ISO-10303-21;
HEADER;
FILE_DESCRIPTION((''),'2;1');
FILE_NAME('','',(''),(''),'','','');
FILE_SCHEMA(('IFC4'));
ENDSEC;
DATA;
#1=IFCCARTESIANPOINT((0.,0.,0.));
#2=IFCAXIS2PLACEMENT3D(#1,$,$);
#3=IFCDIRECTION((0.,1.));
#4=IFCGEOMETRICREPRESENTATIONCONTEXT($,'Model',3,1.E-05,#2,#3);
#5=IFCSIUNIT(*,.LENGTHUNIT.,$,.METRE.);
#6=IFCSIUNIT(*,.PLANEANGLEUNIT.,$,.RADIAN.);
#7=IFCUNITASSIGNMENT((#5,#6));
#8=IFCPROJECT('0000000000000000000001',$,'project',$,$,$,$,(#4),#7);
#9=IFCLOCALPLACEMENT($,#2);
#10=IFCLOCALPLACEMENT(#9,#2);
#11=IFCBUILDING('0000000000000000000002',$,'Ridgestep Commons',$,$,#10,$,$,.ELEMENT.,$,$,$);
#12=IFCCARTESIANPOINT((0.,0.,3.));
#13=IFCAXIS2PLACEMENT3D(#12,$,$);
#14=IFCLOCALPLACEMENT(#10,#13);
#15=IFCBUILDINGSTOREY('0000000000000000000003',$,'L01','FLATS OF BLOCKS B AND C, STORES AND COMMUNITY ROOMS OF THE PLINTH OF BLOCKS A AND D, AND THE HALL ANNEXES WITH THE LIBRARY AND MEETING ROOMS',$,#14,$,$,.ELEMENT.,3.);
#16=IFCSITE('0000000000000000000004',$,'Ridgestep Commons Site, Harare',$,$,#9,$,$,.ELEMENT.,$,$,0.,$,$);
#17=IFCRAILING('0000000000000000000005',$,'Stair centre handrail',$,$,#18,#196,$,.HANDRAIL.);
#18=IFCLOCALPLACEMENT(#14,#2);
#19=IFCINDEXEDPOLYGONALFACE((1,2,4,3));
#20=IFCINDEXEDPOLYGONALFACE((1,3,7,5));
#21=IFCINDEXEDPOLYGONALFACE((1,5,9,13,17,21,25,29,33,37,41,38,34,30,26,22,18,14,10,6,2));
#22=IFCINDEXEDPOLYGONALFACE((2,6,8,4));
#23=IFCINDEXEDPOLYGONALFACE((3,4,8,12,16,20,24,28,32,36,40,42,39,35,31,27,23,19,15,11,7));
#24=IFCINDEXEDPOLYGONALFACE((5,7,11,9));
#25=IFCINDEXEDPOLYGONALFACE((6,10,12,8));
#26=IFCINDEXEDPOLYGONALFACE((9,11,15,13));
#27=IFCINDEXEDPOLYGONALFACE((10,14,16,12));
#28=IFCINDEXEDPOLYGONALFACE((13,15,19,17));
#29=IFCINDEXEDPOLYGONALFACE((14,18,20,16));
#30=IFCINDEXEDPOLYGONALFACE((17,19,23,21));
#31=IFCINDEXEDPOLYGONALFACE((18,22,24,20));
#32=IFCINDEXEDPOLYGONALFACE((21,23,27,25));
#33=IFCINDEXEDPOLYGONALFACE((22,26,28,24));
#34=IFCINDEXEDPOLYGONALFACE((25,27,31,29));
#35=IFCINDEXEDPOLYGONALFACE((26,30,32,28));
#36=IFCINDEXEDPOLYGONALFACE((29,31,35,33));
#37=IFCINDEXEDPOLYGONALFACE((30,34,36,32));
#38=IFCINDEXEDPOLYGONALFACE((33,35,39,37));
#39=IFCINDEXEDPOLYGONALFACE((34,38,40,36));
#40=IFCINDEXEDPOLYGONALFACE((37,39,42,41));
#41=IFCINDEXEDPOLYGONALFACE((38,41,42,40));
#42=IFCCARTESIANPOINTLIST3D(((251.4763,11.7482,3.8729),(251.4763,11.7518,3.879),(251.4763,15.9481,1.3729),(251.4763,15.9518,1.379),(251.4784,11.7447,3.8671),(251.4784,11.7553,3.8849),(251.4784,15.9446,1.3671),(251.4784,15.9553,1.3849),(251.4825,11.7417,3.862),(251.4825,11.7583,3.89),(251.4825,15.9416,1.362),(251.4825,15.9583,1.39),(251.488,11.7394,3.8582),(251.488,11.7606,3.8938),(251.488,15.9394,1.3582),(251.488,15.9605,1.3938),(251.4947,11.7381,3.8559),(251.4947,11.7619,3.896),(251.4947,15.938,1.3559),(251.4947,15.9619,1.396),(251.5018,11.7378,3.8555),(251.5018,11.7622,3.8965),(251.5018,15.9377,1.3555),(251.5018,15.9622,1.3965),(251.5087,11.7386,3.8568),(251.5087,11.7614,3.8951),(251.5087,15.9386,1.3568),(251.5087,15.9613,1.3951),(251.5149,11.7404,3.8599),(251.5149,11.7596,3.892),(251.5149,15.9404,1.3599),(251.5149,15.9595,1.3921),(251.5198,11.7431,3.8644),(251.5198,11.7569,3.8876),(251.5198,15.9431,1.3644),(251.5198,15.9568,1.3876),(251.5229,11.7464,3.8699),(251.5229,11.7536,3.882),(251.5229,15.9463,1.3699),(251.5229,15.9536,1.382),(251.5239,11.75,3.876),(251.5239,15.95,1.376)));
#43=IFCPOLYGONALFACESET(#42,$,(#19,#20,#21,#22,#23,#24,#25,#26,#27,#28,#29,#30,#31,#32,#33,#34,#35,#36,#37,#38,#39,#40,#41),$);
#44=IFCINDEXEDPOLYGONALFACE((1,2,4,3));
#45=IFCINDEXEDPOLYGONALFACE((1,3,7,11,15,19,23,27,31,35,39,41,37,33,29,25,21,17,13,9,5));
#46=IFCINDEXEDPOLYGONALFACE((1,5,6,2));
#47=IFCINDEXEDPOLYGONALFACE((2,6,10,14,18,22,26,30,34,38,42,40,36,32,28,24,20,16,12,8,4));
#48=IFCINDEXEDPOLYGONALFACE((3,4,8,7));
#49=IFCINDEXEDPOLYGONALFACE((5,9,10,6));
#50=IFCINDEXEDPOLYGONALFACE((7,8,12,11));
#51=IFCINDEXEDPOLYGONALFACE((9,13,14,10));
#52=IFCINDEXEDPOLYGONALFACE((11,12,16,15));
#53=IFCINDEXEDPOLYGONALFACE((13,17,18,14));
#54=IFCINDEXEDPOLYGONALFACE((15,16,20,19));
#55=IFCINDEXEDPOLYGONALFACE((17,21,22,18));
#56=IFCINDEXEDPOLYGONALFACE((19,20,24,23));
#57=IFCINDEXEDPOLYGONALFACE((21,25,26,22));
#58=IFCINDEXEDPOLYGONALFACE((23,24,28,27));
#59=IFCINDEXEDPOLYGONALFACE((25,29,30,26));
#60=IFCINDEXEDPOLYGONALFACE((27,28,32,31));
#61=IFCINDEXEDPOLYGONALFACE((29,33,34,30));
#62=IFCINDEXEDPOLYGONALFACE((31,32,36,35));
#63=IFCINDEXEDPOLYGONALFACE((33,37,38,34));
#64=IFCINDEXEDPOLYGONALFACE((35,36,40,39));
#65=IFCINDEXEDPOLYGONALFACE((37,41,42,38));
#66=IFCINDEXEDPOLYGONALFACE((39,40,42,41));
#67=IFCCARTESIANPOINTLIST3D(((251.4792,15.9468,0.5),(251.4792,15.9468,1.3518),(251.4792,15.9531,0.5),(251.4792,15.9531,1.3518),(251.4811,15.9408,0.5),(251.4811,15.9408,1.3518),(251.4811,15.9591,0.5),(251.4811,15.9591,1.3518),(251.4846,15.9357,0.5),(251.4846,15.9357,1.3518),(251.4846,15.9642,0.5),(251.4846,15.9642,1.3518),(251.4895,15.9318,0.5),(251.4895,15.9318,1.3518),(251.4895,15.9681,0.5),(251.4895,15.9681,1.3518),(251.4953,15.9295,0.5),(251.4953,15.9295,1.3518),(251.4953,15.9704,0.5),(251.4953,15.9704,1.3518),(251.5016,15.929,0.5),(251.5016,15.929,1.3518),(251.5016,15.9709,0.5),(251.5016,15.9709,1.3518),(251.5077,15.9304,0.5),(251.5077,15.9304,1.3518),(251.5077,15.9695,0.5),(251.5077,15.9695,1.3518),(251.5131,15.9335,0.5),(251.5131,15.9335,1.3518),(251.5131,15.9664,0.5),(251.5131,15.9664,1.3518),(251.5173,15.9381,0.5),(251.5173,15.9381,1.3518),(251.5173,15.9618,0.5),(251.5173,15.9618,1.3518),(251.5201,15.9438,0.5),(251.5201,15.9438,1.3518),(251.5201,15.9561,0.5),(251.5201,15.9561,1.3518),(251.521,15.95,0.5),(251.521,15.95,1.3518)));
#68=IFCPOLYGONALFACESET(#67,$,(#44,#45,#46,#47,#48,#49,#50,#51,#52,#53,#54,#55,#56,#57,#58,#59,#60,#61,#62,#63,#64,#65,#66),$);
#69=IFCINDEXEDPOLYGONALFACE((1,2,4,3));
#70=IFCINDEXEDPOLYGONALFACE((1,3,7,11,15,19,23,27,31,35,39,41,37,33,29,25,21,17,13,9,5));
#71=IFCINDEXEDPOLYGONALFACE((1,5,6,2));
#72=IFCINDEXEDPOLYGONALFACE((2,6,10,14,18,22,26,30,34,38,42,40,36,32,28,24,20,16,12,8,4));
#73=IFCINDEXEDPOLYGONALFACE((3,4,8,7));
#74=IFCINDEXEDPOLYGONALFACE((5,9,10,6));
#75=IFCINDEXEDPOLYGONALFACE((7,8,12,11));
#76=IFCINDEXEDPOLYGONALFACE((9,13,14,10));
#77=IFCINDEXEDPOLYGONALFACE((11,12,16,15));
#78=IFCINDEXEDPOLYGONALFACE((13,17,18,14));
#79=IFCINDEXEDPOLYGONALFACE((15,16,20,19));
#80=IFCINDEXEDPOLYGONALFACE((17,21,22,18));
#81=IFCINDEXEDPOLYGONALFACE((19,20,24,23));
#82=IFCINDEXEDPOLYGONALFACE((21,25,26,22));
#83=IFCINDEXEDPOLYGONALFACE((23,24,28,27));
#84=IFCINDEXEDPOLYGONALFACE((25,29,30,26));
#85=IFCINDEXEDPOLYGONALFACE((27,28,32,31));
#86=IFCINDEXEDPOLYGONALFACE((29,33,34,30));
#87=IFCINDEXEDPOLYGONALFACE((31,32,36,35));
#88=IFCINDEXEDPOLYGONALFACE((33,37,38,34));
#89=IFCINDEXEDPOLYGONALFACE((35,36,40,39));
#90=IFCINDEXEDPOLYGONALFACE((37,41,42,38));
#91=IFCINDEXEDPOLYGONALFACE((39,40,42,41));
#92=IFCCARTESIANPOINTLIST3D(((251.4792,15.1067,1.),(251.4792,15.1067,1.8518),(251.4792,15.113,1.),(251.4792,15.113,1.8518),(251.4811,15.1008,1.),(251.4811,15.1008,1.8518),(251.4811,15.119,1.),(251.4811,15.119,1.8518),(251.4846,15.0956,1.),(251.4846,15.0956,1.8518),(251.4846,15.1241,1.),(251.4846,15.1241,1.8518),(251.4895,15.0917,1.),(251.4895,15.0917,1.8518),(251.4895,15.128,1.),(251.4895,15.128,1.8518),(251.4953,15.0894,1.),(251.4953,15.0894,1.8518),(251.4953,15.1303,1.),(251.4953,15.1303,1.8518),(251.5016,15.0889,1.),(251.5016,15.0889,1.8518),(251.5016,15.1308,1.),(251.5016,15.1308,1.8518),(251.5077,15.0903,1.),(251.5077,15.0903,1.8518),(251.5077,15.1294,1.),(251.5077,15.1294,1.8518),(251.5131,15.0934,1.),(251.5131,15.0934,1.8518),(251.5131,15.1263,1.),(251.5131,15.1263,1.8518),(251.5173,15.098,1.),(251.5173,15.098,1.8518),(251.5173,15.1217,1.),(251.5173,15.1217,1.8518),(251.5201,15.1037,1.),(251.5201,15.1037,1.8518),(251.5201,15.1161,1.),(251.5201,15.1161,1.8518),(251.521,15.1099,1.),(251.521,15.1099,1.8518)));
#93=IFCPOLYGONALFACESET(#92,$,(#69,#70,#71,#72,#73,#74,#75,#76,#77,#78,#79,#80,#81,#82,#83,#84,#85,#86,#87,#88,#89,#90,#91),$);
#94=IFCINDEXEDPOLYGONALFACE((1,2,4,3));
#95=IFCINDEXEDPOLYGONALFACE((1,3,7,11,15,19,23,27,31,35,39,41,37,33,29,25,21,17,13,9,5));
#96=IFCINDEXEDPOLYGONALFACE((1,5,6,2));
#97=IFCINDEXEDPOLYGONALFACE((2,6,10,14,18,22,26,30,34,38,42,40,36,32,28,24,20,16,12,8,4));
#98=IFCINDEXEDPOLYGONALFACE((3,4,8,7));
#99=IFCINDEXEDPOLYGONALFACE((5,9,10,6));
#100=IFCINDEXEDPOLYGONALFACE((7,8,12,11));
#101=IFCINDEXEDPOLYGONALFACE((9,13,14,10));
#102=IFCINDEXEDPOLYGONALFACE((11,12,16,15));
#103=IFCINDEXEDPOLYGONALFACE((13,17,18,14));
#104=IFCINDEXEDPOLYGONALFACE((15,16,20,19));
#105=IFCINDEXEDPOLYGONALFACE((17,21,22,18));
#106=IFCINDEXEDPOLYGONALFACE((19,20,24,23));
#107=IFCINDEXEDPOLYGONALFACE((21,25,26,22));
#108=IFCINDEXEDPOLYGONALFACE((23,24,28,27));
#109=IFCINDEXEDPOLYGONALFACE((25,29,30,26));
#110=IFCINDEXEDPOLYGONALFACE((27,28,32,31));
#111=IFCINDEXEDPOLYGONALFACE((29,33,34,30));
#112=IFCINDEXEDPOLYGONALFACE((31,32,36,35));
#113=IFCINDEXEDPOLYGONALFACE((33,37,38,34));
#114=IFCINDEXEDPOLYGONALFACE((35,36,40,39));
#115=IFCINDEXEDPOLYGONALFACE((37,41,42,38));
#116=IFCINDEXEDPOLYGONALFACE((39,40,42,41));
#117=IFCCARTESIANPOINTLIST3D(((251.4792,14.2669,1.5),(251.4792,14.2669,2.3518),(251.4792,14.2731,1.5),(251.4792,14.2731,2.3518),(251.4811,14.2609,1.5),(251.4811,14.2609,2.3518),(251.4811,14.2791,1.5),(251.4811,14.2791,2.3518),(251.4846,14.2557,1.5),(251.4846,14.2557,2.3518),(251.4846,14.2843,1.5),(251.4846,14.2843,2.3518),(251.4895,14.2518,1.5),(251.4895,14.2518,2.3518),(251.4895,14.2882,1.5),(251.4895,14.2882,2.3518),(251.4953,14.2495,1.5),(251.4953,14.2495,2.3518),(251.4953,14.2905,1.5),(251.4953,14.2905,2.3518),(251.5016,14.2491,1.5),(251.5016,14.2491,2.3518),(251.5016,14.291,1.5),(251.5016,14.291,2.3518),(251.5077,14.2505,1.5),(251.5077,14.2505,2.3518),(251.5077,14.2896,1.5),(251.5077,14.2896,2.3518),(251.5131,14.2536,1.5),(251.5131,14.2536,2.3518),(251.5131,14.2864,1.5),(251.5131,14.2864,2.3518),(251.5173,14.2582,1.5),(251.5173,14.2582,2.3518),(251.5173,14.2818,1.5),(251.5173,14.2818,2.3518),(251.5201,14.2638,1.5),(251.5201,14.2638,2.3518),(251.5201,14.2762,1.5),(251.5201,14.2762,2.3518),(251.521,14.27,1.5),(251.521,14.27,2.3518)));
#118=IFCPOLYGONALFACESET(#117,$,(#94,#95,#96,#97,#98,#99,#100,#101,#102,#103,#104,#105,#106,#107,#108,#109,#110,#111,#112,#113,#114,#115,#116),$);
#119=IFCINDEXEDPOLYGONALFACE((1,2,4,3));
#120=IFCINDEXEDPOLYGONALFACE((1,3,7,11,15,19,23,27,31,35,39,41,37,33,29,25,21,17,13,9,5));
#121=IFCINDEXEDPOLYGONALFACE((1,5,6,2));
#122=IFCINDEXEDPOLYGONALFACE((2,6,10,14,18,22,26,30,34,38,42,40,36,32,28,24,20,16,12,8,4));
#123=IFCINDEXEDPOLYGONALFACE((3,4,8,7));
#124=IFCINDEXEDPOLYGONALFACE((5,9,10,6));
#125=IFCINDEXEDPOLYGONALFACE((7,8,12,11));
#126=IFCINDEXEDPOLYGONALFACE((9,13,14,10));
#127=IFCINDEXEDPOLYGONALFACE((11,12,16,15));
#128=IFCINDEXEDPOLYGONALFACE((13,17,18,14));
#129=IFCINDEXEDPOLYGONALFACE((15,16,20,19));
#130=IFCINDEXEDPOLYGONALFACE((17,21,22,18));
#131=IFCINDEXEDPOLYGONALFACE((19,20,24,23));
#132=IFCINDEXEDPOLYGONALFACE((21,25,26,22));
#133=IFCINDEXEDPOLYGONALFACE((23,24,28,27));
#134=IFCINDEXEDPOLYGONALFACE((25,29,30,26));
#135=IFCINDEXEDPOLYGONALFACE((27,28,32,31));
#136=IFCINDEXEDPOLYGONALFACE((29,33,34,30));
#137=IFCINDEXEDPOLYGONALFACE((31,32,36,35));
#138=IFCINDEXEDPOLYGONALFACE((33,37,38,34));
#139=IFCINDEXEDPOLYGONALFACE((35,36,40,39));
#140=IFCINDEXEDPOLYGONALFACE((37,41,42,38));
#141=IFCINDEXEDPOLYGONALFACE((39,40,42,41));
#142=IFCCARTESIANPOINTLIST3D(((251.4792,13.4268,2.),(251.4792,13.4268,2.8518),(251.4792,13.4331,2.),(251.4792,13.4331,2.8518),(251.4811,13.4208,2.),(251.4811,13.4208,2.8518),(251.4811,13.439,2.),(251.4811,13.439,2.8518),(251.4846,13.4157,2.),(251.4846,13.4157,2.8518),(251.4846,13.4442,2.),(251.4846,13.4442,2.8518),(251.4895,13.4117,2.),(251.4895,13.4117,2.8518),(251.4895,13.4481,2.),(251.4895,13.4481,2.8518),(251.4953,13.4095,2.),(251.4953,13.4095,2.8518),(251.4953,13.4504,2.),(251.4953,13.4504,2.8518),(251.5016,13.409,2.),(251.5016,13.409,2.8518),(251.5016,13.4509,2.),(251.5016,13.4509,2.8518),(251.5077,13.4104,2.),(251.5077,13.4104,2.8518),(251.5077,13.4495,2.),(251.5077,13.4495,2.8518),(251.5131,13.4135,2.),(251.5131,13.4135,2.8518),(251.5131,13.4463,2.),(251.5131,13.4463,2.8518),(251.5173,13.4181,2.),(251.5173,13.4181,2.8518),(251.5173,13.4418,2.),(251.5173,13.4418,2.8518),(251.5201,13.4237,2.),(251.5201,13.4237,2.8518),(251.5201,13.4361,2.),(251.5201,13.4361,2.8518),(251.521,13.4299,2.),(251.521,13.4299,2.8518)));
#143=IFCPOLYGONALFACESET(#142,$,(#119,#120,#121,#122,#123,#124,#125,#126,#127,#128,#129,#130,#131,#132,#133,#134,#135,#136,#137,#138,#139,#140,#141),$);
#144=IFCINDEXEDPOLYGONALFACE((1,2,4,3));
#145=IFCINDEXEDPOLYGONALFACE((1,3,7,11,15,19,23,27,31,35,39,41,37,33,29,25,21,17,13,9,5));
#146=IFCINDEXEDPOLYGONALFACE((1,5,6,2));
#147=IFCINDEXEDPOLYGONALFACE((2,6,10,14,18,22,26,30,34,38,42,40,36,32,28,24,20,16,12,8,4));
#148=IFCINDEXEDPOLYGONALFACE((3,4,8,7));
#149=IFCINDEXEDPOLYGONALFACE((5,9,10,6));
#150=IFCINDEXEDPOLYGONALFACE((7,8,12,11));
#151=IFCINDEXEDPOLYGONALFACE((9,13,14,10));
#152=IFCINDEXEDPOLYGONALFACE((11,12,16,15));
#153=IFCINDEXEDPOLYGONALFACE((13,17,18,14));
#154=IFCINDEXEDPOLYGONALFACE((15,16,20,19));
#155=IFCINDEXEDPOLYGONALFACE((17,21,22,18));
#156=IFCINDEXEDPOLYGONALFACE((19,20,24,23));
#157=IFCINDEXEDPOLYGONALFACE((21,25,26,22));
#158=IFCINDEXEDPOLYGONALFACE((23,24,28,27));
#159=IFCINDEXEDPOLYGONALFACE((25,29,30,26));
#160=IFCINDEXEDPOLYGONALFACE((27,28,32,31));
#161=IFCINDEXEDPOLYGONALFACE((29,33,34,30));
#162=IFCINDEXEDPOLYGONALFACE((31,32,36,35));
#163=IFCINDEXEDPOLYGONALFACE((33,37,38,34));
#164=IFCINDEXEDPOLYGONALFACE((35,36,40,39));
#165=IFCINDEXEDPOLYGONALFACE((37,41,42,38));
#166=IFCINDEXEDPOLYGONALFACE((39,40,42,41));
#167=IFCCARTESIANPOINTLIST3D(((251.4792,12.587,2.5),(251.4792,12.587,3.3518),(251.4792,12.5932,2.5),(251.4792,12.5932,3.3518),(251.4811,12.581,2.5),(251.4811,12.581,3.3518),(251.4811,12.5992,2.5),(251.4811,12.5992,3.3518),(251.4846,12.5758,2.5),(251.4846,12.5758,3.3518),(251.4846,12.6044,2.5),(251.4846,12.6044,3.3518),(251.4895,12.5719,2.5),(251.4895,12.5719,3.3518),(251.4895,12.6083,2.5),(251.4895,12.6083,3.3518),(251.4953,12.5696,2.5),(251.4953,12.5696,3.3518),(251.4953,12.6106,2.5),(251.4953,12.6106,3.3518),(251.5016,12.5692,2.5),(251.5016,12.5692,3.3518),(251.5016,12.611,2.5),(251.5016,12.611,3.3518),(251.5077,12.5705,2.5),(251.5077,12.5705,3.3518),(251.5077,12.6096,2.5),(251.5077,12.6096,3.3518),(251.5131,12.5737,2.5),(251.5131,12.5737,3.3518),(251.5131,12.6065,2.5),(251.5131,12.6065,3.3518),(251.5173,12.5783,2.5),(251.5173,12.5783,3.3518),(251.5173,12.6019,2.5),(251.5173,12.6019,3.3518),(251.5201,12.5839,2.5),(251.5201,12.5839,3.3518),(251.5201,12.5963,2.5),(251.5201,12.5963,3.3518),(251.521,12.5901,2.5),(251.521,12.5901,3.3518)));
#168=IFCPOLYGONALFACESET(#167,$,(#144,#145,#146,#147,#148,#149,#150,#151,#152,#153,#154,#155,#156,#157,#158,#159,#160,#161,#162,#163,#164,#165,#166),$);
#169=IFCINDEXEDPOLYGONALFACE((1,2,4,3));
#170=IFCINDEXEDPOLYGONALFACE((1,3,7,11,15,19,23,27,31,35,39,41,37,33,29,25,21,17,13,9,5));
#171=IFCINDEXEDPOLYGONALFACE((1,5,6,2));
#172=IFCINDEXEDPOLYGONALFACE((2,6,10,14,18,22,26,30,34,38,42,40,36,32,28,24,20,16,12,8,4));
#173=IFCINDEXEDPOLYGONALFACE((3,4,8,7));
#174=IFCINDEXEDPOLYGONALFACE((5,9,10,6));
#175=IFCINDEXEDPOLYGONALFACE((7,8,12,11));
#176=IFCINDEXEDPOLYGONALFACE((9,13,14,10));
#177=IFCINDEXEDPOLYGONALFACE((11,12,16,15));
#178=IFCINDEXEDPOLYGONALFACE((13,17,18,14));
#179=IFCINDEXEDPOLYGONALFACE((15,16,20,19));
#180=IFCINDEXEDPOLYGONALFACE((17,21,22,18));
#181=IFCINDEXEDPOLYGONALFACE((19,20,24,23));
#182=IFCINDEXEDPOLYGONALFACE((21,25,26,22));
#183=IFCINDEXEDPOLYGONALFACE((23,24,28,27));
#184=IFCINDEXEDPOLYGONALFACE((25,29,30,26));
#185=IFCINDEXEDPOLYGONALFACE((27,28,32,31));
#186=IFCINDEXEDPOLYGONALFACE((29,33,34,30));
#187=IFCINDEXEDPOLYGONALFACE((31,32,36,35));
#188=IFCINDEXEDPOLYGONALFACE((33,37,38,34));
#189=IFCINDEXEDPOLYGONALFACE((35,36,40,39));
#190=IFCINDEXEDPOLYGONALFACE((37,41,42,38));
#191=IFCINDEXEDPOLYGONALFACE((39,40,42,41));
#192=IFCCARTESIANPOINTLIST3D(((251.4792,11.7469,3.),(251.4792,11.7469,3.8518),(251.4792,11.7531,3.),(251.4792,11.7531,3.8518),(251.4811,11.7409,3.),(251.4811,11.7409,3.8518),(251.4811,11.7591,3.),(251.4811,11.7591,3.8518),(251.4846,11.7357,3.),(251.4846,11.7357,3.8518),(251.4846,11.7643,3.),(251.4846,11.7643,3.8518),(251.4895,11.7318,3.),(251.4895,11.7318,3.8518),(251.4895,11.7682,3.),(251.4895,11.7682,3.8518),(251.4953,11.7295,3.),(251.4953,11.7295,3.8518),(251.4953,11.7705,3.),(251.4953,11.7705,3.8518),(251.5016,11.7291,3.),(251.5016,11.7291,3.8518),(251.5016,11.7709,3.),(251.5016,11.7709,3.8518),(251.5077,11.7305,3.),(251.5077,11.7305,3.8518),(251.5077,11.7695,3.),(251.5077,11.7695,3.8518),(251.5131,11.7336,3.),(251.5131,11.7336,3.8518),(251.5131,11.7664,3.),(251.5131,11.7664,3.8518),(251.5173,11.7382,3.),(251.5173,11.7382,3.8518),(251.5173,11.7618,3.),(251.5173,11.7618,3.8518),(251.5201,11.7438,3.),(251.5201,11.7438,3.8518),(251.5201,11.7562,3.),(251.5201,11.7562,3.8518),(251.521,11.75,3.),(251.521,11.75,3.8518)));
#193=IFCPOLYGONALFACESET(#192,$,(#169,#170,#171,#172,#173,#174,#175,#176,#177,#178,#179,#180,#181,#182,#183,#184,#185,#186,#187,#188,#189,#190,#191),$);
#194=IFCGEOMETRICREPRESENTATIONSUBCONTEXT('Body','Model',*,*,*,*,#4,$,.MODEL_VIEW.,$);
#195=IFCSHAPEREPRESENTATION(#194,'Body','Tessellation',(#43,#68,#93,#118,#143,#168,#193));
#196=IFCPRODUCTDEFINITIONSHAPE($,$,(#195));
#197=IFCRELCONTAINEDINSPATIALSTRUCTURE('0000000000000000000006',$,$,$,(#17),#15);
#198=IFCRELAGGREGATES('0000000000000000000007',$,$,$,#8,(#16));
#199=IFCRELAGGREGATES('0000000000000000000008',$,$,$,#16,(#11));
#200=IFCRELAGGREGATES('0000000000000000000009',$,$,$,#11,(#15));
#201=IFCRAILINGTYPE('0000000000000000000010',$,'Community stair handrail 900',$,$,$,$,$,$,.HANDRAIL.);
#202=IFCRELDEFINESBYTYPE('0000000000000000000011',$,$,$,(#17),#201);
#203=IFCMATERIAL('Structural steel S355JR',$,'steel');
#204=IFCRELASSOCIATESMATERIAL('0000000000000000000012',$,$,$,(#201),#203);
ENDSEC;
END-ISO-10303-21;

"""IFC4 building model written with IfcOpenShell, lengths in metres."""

from ifc_helpers import new_model, si_unit, direction, frame, origin, origin_2d, place, context, subcontext, project, spatial, circle, extrude, material, type_object, element, save


model = new_model("IFC4")

# Units and contexts
model_context = context("Model", 3, precision=1e-05, world=origin(), true_north=direction((0.0, 1.0)))
body_context = subcontext(model_context, "Body", "Model", "MODEL_VIEW")
ifc_project = project(units=[si_unit("LENGTHUNIT", "METRE"), si_unit("PLANEANGLEUNIT", "RADIAN")], contexts=[model_context])

# Site, building, storey
site_placement = place(None, origin())
site = spatial("IfcSite", under=ifc_project, at=site_placement, Name="Ridgestep Commons Site, Harare", CompositionType="ELEMENT", RefElevation=0.0)
building_placement = place(site_placement, origin())
building = spatial("IfcBuilding", under=site, at=building_placement, Name="Ridgestep Commons", CompositionType="ELEMENT")
storey_placement = place(building_placement, frame((0.0, 0.0, 3.0)))
storey = spatial("IfcBuildingStorey", under=building, at=storey_placement, Name="L01", Description="FLATS OF BLOCKS B AND C, STORES AND COMMUNITY ROOMS OF THE PLINTH OF BLOCKS A AND D, AND THE HALL ANNEXES WITH THE LIBRARY AND MEETING ROOMS", CompositionType="ELEMENT", Elevation=3.0)

# Railing
ifc_material_1 = material(Name="Structural steel S355JR", Category="steel")
railing_type_1 = type_object("IfcRailingType", Name="Community stair handrail 900", PredefinedType="HANDRAIL", material=ifc_material_1)
railing_1_placement = place(storey_placement, frame((251.5, 15.95, 0.5)))
element("IfcRailing", 1, at=railing_1_placement, inside=storey, type_object=railing_type_1, Name="Stair centre handrail", PredefinedType="HANDRAIL", context=body_context, shape_type="SweptSolid", body=[
    extrude(circle(Radius=0.0239, at=origin_2d()), frame((0.0, 0.0, 0.876), z_axis=(0.0, -0.85929, 0.511488), x_axis=(1.0, 0.0, 0.0)), (0.0, 0.0, 1.0), 4.8877),
    extrude(circle(Radius=0.021, at=origin_2d()), origin(), (0.0, 0.0, 1.0), 0.8518),
    extrude(circle(Radius=0.021, at=origin_2d()), frame((0.0, -0.8401, 0.5)), (0.0, 0.0, 1.0), 0.8518),
    extrude(circle(Radius=0.021, at=origin_2d()), frame((0.0, -1.6799, 1.0)), (0.0, 0.0, 1.0), 0.8518),
    extrude(circle(Radius=0.021, at=origin_2d()), frame((0.0, -2.52, 1.5)), (0.0, 0.0, 1.0), 0.8518),
    extrude(circle(Radius=0.021, at=origin_2d()), frame((0.0, -3.3599, 2.0)), (0.0, 0.0, 1.0), 0.8518),
    extrude(circle(Radius=0.021, at=origin_2d()), frame((0.0, -4.2, 2.5)), (0.0, 0.0, 1.0), 0.8518),
])

save(model, "model.ifc")
